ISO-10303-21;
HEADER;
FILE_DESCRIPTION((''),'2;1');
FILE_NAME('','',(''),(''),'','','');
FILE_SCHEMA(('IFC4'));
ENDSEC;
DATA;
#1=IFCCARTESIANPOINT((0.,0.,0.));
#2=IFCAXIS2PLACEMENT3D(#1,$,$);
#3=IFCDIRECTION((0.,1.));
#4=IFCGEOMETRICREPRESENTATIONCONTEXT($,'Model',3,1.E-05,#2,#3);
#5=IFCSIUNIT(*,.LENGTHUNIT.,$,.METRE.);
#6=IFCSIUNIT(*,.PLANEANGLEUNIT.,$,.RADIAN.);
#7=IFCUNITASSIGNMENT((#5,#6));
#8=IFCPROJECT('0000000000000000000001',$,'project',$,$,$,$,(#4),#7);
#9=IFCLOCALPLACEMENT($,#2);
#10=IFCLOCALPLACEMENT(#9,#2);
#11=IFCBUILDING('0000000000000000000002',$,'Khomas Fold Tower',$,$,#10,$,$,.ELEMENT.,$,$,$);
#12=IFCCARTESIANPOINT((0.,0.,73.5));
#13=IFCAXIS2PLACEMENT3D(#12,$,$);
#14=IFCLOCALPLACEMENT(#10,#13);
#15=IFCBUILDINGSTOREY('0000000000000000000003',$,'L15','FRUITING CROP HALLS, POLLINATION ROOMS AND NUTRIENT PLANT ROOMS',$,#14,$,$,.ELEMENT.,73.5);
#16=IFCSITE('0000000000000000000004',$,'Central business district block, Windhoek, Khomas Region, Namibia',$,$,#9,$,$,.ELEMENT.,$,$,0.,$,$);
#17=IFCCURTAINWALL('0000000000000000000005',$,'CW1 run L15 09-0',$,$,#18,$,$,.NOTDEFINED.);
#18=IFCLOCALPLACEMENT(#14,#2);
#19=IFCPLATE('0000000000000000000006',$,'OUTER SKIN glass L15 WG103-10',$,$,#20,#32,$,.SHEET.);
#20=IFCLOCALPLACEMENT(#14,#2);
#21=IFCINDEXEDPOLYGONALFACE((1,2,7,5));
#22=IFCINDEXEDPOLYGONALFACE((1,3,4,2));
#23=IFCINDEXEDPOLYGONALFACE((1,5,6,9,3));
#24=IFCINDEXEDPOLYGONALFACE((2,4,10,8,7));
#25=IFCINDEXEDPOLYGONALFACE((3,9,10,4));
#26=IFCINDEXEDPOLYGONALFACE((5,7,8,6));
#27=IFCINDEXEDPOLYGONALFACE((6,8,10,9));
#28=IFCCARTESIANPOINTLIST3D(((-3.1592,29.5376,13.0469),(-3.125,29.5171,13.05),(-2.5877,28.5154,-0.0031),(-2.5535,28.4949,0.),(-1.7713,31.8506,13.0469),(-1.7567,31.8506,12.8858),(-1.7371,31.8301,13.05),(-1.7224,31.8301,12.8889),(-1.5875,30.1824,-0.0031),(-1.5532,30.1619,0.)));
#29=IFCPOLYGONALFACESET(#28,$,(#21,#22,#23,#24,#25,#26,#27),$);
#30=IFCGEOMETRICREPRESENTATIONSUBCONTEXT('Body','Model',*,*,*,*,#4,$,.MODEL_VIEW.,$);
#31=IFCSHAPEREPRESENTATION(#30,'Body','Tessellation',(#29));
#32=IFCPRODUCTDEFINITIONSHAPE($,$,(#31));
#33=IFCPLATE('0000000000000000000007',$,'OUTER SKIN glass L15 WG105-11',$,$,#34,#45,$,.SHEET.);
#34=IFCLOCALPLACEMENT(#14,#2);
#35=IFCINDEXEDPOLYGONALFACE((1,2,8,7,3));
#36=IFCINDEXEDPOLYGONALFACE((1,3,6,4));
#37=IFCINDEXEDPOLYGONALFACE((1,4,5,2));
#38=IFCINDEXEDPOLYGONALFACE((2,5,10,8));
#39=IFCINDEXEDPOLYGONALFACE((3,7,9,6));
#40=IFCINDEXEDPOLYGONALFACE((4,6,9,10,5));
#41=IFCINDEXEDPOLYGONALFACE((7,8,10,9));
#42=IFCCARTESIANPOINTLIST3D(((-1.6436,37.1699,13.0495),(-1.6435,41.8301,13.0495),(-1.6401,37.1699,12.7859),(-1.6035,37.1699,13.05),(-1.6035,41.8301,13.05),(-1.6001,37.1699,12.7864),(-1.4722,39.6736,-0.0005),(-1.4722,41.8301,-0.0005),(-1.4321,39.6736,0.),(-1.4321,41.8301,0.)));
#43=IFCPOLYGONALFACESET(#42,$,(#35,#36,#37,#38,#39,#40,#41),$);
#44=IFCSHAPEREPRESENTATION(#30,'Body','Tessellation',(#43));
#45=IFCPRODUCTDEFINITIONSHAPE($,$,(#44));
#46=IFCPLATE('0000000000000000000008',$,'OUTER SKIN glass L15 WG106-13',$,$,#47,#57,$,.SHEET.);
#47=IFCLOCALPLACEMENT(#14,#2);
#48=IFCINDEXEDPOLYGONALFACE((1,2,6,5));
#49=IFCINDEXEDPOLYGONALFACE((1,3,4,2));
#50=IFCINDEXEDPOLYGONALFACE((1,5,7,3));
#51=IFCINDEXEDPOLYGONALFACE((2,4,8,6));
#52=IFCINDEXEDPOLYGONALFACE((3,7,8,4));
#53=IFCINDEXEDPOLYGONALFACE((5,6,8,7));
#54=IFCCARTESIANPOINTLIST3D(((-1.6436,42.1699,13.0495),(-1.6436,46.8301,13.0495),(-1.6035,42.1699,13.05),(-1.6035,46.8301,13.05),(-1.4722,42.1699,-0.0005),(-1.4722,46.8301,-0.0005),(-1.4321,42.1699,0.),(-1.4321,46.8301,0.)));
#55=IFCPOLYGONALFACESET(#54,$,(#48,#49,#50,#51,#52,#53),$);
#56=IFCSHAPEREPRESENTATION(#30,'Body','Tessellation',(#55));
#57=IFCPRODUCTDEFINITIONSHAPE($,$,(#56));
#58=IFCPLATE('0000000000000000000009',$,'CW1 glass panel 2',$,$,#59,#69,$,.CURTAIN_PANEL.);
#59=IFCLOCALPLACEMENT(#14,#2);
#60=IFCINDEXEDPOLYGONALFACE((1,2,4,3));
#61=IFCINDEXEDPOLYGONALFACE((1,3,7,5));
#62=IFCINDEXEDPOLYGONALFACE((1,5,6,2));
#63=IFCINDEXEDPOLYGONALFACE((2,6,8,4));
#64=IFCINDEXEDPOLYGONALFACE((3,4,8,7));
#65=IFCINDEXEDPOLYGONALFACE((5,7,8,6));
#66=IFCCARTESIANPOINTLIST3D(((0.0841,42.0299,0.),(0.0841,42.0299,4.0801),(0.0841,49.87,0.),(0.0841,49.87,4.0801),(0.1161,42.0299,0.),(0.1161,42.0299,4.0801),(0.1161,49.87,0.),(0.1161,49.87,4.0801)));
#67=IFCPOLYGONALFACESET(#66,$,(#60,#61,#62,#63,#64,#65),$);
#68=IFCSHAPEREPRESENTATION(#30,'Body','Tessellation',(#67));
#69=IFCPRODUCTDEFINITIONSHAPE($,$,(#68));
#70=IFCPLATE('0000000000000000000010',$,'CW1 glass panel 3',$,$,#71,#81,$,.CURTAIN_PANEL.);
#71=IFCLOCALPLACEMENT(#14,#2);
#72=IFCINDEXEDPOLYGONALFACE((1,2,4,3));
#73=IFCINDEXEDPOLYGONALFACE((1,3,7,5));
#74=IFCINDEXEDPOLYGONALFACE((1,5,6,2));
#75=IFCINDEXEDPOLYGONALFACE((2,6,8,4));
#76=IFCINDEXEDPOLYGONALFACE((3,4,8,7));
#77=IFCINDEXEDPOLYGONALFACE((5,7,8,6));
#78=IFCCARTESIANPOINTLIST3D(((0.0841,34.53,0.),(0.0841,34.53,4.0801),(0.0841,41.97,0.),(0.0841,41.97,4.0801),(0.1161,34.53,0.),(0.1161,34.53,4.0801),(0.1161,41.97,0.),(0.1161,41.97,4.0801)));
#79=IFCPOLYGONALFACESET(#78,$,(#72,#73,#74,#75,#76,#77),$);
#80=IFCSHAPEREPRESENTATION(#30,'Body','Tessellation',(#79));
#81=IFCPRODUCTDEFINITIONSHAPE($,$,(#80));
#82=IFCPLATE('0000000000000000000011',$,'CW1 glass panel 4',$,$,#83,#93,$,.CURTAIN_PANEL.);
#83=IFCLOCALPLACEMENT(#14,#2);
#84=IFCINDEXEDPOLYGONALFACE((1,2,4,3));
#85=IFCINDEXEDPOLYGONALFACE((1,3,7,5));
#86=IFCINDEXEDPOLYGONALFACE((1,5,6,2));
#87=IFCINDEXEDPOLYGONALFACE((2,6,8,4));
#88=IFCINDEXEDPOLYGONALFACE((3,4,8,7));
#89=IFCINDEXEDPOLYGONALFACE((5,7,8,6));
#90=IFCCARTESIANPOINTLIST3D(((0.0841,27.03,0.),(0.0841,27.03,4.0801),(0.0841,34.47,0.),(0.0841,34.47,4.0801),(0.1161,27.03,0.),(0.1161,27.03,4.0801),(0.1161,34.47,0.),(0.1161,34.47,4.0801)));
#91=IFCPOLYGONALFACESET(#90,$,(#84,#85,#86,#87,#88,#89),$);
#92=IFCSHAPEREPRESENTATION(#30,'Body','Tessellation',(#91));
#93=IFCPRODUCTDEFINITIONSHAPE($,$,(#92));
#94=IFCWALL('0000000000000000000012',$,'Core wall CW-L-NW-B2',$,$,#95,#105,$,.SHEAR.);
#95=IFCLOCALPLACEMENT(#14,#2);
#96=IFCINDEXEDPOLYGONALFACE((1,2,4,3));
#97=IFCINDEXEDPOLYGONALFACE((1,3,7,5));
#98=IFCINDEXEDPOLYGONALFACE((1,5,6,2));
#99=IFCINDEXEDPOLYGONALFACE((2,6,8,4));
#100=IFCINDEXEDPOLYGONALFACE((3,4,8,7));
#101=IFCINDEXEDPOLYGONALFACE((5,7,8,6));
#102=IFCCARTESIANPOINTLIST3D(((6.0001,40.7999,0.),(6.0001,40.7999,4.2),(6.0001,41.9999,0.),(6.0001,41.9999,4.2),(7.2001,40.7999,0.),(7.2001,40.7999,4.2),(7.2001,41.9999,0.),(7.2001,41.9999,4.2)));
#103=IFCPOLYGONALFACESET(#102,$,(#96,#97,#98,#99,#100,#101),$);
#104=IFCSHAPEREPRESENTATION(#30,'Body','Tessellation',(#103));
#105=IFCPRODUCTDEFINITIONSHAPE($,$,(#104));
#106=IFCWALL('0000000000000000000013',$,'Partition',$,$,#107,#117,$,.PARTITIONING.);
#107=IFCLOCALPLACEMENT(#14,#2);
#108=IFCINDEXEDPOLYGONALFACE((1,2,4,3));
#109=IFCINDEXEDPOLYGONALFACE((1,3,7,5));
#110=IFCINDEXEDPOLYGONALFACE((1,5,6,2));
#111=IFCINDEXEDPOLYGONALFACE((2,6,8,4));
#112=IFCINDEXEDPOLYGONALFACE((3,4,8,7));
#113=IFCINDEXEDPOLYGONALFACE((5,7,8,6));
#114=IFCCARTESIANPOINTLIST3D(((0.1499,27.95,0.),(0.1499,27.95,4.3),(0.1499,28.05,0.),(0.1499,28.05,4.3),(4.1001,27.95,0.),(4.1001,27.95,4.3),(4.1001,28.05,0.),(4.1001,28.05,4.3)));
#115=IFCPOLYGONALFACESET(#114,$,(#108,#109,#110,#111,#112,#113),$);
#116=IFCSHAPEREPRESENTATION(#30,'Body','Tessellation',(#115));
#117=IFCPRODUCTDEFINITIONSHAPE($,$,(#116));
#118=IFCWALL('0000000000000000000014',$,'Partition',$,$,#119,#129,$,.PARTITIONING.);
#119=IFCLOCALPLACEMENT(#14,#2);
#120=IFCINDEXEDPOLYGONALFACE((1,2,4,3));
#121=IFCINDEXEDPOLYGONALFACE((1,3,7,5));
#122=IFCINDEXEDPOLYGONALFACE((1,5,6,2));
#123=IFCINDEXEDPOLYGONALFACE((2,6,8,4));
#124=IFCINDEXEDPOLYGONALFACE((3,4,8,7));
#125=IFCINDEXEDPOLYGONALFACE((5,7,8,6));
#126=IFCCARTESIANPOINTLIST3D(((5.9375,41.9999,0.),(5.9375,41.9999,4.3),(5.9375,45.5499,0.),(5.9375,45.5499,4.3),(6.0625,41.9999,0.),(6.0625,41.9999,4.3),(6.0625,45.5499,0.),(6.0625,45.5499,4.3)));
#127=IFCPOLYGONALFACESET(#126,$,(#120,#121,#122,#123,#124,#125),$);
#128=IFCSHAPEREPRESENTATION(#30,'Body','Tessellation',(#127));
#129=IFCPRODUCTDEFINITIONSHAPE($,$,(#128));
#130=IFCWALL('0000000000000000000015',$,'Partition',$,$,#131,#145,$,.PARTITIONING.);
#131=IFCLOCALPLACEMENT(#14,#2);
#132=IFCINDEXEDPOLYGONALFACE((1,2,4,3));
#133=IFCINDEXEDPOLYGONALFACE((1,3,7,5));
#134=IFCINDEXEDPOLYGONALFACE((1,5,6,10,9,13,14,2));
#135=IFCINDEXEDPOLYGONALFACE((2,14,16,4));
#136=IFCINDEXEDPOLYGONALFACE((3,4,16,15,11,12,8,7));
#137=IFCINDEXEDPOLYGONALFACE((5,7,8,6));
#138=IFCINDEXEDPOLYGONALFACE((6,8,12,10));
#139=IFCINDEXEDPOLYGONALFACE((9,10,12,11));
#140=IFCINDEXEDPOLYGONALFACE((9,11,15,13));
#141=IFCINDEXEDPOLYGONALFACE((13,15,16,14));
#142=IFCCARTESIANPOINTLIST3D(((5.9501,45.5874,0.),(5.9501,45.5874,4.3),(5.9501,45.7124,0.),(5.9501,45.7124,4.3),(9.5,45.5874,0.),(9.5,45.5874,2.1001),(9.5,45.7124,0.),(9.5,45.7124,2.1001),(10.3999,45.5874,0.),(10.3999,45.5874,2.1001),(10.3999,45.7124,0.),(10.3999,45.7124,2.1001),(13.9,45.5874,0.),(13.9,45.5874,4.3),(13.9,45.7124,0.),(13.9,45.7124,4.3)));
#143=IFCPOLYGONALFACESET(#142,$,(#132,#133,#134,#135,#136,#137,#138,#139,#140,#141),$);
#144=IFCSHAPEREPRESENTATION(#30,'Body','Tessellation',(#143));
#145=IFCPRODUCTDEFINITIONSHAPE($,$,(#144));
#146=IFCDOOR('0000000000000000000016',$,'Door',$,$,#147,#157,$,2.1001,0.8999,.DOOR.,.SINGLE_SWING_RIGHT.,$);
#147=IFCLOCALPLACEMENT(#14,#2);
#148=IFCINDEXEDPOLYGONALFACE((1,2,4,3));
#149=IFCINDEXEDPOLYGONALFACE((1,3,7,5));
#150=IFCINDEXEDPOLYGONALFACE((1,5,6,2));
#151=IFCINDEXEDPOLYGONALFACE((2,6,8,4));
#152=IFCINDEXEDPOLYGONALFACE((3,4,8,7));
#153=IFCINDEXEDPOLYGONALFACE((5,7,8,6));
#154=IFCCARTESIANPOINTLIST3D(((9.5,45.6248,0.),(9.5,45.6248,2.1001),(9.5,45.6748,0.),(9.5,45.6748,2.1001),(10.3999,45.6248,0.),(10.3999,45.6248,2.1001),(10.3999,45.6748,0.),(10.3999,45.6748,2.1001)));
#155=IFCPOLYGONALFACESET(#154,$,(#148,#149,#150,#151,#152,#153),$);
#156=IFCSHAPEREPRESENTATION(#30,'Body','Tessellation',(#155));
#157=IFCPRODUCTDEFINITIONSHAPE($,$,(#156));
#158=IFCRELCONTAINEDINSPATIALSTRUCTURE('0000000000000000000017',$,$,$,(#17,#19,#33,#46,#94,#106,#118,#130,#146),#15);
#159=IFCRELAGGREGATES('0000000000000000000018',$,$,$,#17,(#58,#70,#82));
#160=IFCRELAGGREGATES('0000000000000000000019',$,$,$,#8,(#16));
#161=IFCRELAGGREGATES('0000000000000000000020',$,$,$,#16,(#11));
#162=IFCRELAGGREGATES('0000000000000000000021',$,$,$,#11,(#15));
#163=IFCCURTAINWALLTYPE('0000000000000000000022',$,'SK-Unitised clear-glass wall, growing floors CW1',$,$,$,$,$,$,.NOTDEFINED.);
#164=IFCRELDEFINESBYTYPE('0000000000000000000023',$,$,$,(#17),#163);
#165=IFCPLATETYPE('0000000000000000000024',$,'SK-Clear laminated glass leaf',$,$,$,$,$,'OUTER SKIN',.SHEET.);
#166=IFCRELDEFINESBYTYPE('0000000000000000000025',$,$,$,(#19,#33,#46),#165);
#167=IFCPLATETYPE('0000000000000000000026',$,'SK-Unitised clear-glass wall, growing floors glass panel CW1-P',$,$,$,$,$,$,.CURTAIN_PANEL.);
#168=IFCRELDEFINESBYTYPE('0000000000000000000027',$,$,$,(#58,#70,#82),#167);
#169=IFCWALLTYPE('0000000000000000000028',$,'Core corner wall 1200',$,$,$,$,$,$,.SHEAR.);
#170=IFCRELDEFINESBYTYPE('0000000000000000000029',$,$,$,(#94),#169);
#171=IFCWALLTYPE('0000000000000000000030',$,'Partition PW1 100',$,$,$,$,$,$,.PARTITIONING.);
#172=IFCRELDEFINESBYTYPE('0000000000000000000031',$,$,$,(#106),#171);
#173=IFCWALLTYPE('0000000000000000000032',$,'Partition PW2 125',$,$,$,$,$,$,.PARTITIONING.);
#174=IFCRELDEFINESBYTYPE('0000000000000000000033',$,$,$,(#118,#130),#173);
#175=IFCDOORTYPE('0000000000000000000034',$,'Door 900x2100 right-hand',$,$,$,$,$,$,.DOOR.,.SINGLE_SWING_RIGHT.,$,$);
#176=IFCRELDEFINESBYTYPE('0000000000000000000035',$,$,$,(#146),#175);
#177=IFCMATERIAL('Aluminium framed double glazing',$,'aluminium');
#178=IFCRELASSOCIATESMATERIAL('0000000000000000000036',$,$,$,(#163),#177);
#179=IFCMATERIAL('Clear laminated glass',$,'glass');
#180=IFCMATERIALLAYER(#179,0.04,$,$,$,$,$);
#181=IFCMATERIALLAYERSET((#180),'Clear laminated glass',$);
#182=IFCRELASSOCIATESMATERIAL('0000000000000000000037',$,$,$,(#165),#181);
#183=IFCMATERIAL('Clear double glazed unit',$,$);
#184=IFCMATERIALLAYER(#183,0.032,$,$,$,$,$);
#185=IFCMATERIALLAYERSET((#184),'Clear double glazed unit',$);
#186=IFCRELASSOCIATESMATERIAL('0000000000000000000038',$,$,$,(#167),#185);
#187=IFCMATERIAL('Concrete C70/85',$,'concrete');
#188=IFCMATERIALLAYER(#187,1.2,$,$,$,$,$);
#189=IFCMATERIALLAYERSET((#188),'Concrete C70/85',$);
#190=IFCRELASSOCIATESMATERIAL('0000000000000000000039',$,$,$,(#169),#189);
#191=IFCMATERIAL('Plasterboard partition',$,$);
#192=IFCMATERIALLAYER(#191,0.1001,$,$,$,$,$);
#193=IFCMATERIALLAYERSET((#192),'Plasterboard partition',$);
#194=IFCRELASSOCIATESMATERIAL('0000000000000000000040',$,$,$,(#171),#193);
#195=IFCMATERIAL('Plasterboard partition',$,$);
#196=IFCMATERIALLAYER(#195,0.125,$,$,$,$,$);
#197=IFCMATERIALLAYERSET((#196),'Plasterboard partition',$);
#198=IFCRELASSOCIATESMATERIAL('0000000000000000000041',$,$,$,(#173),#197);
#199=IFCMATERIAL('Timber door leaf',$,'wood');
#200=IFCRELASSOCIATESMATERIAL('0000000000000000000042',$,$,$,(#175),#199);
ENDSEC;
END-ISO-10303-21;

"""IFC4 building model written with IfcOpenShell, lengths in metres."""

from ifc_helpers import new_model, si_unit, direction, frame, frame_2d, origin, origin_2d, place, context, subcontext, project, spatial, polyline, rectangle, outline, extrude, source, transform, mapped, material, layer, layer_set, type_object, element, fill, aggregate, save


model = new_model("IFC4")

# Units and contexts
model_context = context("Model", 3, precision=1e-05, world=origin(), true_north=direction((0.0, 1.0)))
body_context = subcontext(model_context, "Body", "Model", "MODEL_VIEW")
ifc_project = project(units=[si_unit("LENGTHUNIT", "METRE"), si_unit("PLANEANGLEUNIT", "RADIAN")], contexts=[model_context])

# Site, building, storey
site_placement = place(None, origin())
site = spatial("IfcSite", under=ifc_project, at=site_placement, Name="Central business district block, Windhoek, Khomas Region, Namibia", CompositionType="ELEMENT", RefElevation=0.0)
building_placement = place(site_placement, origin())
building = spatial("IfcBuilding", under=site, at=building_placement, Name="Khomas Fold Tower", CompositionType="ELEMENT")
storey_placement = place(building_placement, frame((0.0, 0.0, 73.5)))
storey = spatial("IfcBuildingStorey", under=building, at=storey_placement, Name="L15", Description="FRUITING CROP HALLS, POLLINATION ROOMS AND NUTRIENT PLANT ROOMS", CompositionType="ELEMENT", Elevation=73.5)

# Curtain wall
ifc_material_1 = material(Name="Aluminium framed double glazing", Category="aluminium")
curtain_wall_type = type_object("IfcCurtainWallType", Name="SK-Unitised clear-glass wall, growing floors CW1", PredefinedType="NOTDEFINED", material=ifc_material_1)
curtain_wall_placement = place(storey_placement, origin())
curtain_wall = element("IfcCurtainWall", 1, at=curtain_wall_placement, inside=storey, type_object=curtain_wall_type, Name="CW1 run L15 09-0", PredefinedType="NOTDEFINED")

# Plates
ifc_material_2 = material(Name="Clear laminated glass", Category="glass")
ifc_layer_1 = layer(ifc_material_2, 0.04)
ifc_layer_set_1 = layer_set([ifc_layer_1], Name="Clear laminated glass")
plate_type_1 = type_object("IfcPlateType", Name="SK-Clear laminated glass leaf", ElementType="OUTER SKIN", PredefinedType="SHEET", material=ifc_layer_set_1)
plate_1_placement = place(storey_placement, frame((-1.5532, 30.1619, 0.0), z_axis=(0.854886, -0.512977, 0.07762), x_axis=(-0.51453, -0.857473, -0.000001)))
element("IfcPlate", 2, at=plate_1_placement, inside=storey, type_object=plate_type_1, Name="OUTER SKIN glass L15 WG103-10", PredefinedType="SHEET", context=body_context, shape_type="SweptSolid", body=[
    extrude(outline(polyline([(0.0, 0.0), (1.9441, 0.0), (1.3616, -13.0895), (-1.3359, -13.0895), (-1.3434, -12.9279), (0.0, 0.0)])), origin(), (0.0, 0.0, -1.0), 0.04),
])
plate_2_placement = place(storey_placement, frame((-1.4321, 39.6736, 0.0), z_axis=(0.999914, -0.000007, 0.013131), x_axis=(-0.012887, -0.192142, 0.981283)))
element("IfcPlate", 3, at=plate_2_placement, inside=storey, type_object=plate_type_1, Name="OUTER SKIN glass L15 WG105-11", PredefinedType="SHEET", context=body_context, shape_type="SweptSolid", body=[
    extrude(outline(polyline([(0.0, 0.0), (13.0303, 0.0), (13.2891, -0.0507), (12.3936, -4.624), (-0.4144, -2.1163), (0.0, 0.0)])), origin(), (0.0, 0.0, -1.0), 0.04),
])
plate_3_placement = place(storey_placement, frame((-1.4321, 42.1699, 0.0), z_axis=(0.999914, 0.0, 0.013132), x_axis=(-0.013132, 0.0, 0.999914)))
element("IfcPlate", 4, at=plate_3_placement, inside=storey, type_object=plate_type_1, Name="OUTER SKIN glass L15 WG106-13", PredefinedType="SHEET", context=body_context, shape_type="SweptSolid", body=[
    extrude(outline(polyline([(0.0, 0.0), (13.0512, 0.0), (13.0512, -4.6602), (0.0, -4.6602), (0.0, 0.0)])), origin(), (0.0, 0.0, -1.0), 0.04),
])

# Plates
ifc_material_3 = material(Name="Clear double glazed unit")
ifc_layer_2 = layer(ifc_material_3, 0.032)
ifc_layer_set_2 = layer_set([ifc_layer_2], Name="Clear double glazed unit")
plate_type_2 = type_object("IfcPlateType", Name="SK-Unitised clear-glass wall, growing floors glass panel CW1-P", PredefinedType="CURTAIN_PANEL", material=ifc_layer_set_2)
shared_shape_1 = source(origin(), body_context, "Body", "SweptSolid", [
    extrude(rectangle(XDim=7.8401, YDim=0.032, at=origin_2d()), origin(), (0.0, 0.0, 1.0), 4.0801),
])
plate_4_placement = place(storey_placement, frame((0.1001, 45.95, 0.0), z_axis=(0.0, 0.0, 1.0), x_axis=(0.0, -1.0, 0.0)))
plate_4 = element("IfcPlate", 5, at=plate_4_placement, type_object=plate_type_2, Name="CW1 glass panel 2", PredefinedType="CURTAIN_PANEL", context=body_context, shape_type="MappedRepresentation", body=[
    mapped(shared_shape_1, transform((0.0, 0.0, 0.0))),
])
shared_shape_2 = source(origin(), body_context, "Body", "SweptSolid", [
    extrude(rectangle(XDim=7.4399, YDim=0.032, at=origin_2d()), origin(), (0.0, 0.0, 1.0), 4.0801),
])
plate_5_placement = place(storey_placement, frame((0.1001, 38.25, 0.0), z_axis=(0.0, 0.0, 1.0), x_axis=(0.0, -1.0, 0.0)))
plate_5 = element("IfcPlate", 6, at=plate_5_placement, type_object=plate_type_2, Name="CW1 glass panel 3", PredefinedType="CURTAIN_PANEL", context=body_context, shape_type="MappedRepresentation", body=[
    mapped(shared_shape_2, transform((0.0, 0.0, 0.0))),
])
plate_6_placement = place(storey_placement, frame((0.1001, 30.75, 0.0), z_axis=(0.0, 0.0, 1.0), x_axis=(0.0, -1.0, 0.0)))
plate_6 = element("IfcPlate", 7, at=plate_6_placement, type_object=plate_type_2, Name="CW1 glass panel 4", PredefinedType="CURTAIN_PANEL", context=body_context, shape_type="MappedRepresentation", body=[
    mapped(shared_shape_2, transform((0.0, 0.0, 0.0))),
])
aggregate(curtain_wall, [plate_4, plate_5, plate_6])

# Walls
ifc_material_4 = material(Name="Concrete C70/85", Category="concrete")
ifc_layer_3 = layer(ifc_material_4, 1.2)
ifc_layer_set_3 = layer_set([ifc_layer_3], Name="Concrete C70/85")
wall_type_1 = type_object("IfcWallType", Name="Core corner wall 1200", PredefinedType="SHEAR", material=ifc_layer_set_3)
shared_shape_3 = source(origin(), body_context, "Body", "SweptSolid", [
    extrude(rectangle(XDim=1.2, YDim=1.2, at=frame_2d((0.6001, 0.0))), origin(), (0.0, 0.0, 1.0), 4.2),
])
wall_1_placement = place(storey_placement, frame((6.0, 41.3999, 0.0), z_axis=(0.0, 0.0, 1.0), x_axis=(1.0, 0.0, 0.0)))
element("IfcWall", 8, at=wall_1_placement, inside=storey, type_object=wall_type_1, Name="Core wall CW-L-NW-B2", PredefinedType="SHEAR", context=body_context, shape_type="MappedRepresentation", body=[
    mapped(shared_shape_3, transform((0.0, 0.0, 0.0))),
])
ifc_material_5 = material(Name="Plasterboard partition")
ifc_layer_4 = layer(ifc_material_5, 0.1001)
ifc_layer_set_4 = layer_set([ifc_layer_4], Name="Plasterboard partition")
wall_type_2 = type_object("IfcWallType", Name="Partition PW1 100", PredefinedType="PARTITIONING", material=ifc_layer_set_4)
shared_shape_4 = source(origin(), body_context, "Body", "SweptSolid", [
    extrude(rectangle(XDim=3.9502, YDim=0.1001, at=frame_2d((1.9751, 0.0))), origin(), (0.0, 0.0, 1.0), 4.3),
])
wall_2_placement = place(storey_placement, frame((0.1499, 28.0, 0.0), z_axis=(0.0, 0.0, 1.0), x_axis=(1.0, 0.0, 0.0)))
element("IfcWall", 9, at=wall_2_placement, inside=storey, type_object=wall_type_2, Name="Partition", PredefinedType="PARTITIONING", context=body_context, shape_type="MappedRepresentation", body=[
    mapped(shared_shape_4, transform((0.0, 0.0, 0.0))),
])
ifc_material_6 = material(Name="Plasterboard partition")
ifc_layer_5 = layer(ifc_material_6, 0.125)
ifc_layer_set_5 = layer_set([ifc_layer_5], Name="Plasterboard partition")
wall_type_3 = type_object("IfcWallType", Name="Partition PW2 125", PredefinedType="PARTITIONING", material=ifc_layer_set_5)
shared_shape_5 = source(origin(), body_context, "Body", "SweptSolid", [
    extrude(rectangle(XDim=3.55, YDim=0.125, at=frame_2d((1.7749, 0.0))), origin(), (0.0, 0.0, 1.0), 4.3),
])
wall_3_placement = place(storey_placement, frame((6.0, 42.0, 0.0), z_axis=(0.0, 0.0, 1.0), x_axis=(0.0, 1.0, 0.0)))
element("IfcWall", 10, at=wall_3_placement, inside=storey, type_object=wall_type_3, Name="Partition", PredefinedType="PARTITIONING", context=body_context, shape_type="MappedRepresentation", body=[
    mapped(shared_shape_5, transform((0.0, 0.0, 0.0))),
])

# Wall, opening, door
shared_shape_6 = source(origin(), body_context, "Body", "SweptSolid", [
    extrude(rectangle(XDim=7.95, YDim=0.125, at=frame_2d((3.9751, 0.0))), origin(), (0.0, 0.0, 1.0), 4.3),
])
wall_4_placement = place(storey_placement, frame((5.95, 45.6499, 0.0), z_axis=(0.0, 0.0, 1.0), x_axis=(1.0, 0.0, 0.0)))
wall_4 = element("IfcWall", 11, at=wall_4_placement, inside=storey, type_object=wall_type_3, Name="Partition", PredefinedType="PARTITIONING", context=body_context, shape_type="MappedRepresentation", body=[
    mapped(shared_shape_6, transform((0.0, 0.0, 0.0))),
])
shared_shape_7 = source(origin(), body_context, "Body", "SweptSolid", [
    extrude(rectangle(XDim=0.8999, YDim=2.1001, at=frame_2d((0.45, 1.05))), frame((0.0, 0.0725, 0.0), z_axis=(0.0, -1.0, 0.0), x_axis=(1.0, 0.0, 0.0)), (0.0, 0.0, 1.0), 0.145),
])
opening_1_placement = place(wall_4_placement, frame((3.55, 0.0, 0.0)))
opening_1 = element("IfcOpeningElement", 12, at=opening_1_placement, cuts=wall_4, PredefinedType="OPENING", context=body_context, shape_type="MappedRepresentation", body=[
    mapped(shared_shape_7, transform((0.0, 0.0, 0.0))),
])
ifc_material_7 = material(Name="Timber door leaf", Category="wood")
door_type_1 = type_object("IfcDoorType", Name="Door 900x2100 right-hand", OperationType="SINGLE_SWING_RIGHT", PredefinedType="DOOR", material=ifc_material_7)
shared_shape_8 = source(origin(), body_context, "Body", "SweptSolid", [
    extrude(rectangle(XDim=0.8999, YDim=2.1001, at=frame_2d((0.45, 1.05))), frame((0.0, 0.0249, 0.0), z_axis=(0.0, -1.0, 0.0), x_axis=(1.0, 0.0, 0.0)), (0.0, 0.0, 1.0), 0.05),
])
door_1_placement = place(opening_1_placement, origin())
door_1 = element("IfcDoor", 13, at=door_1_placement, inside=storey, type_object=door_type_1, Name="Door", OperationType="SINGLE_SWING_RIGHT", OverallHeight=2.1001, OverallWidth=0.8999, PredefinedType="DOOR", context=body_context, shape_type="MappedRepresentation", body=[
    mapped(shared_shape_8, transform((0.0, 0.0, 0.0))),
])
fill(opening_1, door_1)

save(model, "model.ifc")
